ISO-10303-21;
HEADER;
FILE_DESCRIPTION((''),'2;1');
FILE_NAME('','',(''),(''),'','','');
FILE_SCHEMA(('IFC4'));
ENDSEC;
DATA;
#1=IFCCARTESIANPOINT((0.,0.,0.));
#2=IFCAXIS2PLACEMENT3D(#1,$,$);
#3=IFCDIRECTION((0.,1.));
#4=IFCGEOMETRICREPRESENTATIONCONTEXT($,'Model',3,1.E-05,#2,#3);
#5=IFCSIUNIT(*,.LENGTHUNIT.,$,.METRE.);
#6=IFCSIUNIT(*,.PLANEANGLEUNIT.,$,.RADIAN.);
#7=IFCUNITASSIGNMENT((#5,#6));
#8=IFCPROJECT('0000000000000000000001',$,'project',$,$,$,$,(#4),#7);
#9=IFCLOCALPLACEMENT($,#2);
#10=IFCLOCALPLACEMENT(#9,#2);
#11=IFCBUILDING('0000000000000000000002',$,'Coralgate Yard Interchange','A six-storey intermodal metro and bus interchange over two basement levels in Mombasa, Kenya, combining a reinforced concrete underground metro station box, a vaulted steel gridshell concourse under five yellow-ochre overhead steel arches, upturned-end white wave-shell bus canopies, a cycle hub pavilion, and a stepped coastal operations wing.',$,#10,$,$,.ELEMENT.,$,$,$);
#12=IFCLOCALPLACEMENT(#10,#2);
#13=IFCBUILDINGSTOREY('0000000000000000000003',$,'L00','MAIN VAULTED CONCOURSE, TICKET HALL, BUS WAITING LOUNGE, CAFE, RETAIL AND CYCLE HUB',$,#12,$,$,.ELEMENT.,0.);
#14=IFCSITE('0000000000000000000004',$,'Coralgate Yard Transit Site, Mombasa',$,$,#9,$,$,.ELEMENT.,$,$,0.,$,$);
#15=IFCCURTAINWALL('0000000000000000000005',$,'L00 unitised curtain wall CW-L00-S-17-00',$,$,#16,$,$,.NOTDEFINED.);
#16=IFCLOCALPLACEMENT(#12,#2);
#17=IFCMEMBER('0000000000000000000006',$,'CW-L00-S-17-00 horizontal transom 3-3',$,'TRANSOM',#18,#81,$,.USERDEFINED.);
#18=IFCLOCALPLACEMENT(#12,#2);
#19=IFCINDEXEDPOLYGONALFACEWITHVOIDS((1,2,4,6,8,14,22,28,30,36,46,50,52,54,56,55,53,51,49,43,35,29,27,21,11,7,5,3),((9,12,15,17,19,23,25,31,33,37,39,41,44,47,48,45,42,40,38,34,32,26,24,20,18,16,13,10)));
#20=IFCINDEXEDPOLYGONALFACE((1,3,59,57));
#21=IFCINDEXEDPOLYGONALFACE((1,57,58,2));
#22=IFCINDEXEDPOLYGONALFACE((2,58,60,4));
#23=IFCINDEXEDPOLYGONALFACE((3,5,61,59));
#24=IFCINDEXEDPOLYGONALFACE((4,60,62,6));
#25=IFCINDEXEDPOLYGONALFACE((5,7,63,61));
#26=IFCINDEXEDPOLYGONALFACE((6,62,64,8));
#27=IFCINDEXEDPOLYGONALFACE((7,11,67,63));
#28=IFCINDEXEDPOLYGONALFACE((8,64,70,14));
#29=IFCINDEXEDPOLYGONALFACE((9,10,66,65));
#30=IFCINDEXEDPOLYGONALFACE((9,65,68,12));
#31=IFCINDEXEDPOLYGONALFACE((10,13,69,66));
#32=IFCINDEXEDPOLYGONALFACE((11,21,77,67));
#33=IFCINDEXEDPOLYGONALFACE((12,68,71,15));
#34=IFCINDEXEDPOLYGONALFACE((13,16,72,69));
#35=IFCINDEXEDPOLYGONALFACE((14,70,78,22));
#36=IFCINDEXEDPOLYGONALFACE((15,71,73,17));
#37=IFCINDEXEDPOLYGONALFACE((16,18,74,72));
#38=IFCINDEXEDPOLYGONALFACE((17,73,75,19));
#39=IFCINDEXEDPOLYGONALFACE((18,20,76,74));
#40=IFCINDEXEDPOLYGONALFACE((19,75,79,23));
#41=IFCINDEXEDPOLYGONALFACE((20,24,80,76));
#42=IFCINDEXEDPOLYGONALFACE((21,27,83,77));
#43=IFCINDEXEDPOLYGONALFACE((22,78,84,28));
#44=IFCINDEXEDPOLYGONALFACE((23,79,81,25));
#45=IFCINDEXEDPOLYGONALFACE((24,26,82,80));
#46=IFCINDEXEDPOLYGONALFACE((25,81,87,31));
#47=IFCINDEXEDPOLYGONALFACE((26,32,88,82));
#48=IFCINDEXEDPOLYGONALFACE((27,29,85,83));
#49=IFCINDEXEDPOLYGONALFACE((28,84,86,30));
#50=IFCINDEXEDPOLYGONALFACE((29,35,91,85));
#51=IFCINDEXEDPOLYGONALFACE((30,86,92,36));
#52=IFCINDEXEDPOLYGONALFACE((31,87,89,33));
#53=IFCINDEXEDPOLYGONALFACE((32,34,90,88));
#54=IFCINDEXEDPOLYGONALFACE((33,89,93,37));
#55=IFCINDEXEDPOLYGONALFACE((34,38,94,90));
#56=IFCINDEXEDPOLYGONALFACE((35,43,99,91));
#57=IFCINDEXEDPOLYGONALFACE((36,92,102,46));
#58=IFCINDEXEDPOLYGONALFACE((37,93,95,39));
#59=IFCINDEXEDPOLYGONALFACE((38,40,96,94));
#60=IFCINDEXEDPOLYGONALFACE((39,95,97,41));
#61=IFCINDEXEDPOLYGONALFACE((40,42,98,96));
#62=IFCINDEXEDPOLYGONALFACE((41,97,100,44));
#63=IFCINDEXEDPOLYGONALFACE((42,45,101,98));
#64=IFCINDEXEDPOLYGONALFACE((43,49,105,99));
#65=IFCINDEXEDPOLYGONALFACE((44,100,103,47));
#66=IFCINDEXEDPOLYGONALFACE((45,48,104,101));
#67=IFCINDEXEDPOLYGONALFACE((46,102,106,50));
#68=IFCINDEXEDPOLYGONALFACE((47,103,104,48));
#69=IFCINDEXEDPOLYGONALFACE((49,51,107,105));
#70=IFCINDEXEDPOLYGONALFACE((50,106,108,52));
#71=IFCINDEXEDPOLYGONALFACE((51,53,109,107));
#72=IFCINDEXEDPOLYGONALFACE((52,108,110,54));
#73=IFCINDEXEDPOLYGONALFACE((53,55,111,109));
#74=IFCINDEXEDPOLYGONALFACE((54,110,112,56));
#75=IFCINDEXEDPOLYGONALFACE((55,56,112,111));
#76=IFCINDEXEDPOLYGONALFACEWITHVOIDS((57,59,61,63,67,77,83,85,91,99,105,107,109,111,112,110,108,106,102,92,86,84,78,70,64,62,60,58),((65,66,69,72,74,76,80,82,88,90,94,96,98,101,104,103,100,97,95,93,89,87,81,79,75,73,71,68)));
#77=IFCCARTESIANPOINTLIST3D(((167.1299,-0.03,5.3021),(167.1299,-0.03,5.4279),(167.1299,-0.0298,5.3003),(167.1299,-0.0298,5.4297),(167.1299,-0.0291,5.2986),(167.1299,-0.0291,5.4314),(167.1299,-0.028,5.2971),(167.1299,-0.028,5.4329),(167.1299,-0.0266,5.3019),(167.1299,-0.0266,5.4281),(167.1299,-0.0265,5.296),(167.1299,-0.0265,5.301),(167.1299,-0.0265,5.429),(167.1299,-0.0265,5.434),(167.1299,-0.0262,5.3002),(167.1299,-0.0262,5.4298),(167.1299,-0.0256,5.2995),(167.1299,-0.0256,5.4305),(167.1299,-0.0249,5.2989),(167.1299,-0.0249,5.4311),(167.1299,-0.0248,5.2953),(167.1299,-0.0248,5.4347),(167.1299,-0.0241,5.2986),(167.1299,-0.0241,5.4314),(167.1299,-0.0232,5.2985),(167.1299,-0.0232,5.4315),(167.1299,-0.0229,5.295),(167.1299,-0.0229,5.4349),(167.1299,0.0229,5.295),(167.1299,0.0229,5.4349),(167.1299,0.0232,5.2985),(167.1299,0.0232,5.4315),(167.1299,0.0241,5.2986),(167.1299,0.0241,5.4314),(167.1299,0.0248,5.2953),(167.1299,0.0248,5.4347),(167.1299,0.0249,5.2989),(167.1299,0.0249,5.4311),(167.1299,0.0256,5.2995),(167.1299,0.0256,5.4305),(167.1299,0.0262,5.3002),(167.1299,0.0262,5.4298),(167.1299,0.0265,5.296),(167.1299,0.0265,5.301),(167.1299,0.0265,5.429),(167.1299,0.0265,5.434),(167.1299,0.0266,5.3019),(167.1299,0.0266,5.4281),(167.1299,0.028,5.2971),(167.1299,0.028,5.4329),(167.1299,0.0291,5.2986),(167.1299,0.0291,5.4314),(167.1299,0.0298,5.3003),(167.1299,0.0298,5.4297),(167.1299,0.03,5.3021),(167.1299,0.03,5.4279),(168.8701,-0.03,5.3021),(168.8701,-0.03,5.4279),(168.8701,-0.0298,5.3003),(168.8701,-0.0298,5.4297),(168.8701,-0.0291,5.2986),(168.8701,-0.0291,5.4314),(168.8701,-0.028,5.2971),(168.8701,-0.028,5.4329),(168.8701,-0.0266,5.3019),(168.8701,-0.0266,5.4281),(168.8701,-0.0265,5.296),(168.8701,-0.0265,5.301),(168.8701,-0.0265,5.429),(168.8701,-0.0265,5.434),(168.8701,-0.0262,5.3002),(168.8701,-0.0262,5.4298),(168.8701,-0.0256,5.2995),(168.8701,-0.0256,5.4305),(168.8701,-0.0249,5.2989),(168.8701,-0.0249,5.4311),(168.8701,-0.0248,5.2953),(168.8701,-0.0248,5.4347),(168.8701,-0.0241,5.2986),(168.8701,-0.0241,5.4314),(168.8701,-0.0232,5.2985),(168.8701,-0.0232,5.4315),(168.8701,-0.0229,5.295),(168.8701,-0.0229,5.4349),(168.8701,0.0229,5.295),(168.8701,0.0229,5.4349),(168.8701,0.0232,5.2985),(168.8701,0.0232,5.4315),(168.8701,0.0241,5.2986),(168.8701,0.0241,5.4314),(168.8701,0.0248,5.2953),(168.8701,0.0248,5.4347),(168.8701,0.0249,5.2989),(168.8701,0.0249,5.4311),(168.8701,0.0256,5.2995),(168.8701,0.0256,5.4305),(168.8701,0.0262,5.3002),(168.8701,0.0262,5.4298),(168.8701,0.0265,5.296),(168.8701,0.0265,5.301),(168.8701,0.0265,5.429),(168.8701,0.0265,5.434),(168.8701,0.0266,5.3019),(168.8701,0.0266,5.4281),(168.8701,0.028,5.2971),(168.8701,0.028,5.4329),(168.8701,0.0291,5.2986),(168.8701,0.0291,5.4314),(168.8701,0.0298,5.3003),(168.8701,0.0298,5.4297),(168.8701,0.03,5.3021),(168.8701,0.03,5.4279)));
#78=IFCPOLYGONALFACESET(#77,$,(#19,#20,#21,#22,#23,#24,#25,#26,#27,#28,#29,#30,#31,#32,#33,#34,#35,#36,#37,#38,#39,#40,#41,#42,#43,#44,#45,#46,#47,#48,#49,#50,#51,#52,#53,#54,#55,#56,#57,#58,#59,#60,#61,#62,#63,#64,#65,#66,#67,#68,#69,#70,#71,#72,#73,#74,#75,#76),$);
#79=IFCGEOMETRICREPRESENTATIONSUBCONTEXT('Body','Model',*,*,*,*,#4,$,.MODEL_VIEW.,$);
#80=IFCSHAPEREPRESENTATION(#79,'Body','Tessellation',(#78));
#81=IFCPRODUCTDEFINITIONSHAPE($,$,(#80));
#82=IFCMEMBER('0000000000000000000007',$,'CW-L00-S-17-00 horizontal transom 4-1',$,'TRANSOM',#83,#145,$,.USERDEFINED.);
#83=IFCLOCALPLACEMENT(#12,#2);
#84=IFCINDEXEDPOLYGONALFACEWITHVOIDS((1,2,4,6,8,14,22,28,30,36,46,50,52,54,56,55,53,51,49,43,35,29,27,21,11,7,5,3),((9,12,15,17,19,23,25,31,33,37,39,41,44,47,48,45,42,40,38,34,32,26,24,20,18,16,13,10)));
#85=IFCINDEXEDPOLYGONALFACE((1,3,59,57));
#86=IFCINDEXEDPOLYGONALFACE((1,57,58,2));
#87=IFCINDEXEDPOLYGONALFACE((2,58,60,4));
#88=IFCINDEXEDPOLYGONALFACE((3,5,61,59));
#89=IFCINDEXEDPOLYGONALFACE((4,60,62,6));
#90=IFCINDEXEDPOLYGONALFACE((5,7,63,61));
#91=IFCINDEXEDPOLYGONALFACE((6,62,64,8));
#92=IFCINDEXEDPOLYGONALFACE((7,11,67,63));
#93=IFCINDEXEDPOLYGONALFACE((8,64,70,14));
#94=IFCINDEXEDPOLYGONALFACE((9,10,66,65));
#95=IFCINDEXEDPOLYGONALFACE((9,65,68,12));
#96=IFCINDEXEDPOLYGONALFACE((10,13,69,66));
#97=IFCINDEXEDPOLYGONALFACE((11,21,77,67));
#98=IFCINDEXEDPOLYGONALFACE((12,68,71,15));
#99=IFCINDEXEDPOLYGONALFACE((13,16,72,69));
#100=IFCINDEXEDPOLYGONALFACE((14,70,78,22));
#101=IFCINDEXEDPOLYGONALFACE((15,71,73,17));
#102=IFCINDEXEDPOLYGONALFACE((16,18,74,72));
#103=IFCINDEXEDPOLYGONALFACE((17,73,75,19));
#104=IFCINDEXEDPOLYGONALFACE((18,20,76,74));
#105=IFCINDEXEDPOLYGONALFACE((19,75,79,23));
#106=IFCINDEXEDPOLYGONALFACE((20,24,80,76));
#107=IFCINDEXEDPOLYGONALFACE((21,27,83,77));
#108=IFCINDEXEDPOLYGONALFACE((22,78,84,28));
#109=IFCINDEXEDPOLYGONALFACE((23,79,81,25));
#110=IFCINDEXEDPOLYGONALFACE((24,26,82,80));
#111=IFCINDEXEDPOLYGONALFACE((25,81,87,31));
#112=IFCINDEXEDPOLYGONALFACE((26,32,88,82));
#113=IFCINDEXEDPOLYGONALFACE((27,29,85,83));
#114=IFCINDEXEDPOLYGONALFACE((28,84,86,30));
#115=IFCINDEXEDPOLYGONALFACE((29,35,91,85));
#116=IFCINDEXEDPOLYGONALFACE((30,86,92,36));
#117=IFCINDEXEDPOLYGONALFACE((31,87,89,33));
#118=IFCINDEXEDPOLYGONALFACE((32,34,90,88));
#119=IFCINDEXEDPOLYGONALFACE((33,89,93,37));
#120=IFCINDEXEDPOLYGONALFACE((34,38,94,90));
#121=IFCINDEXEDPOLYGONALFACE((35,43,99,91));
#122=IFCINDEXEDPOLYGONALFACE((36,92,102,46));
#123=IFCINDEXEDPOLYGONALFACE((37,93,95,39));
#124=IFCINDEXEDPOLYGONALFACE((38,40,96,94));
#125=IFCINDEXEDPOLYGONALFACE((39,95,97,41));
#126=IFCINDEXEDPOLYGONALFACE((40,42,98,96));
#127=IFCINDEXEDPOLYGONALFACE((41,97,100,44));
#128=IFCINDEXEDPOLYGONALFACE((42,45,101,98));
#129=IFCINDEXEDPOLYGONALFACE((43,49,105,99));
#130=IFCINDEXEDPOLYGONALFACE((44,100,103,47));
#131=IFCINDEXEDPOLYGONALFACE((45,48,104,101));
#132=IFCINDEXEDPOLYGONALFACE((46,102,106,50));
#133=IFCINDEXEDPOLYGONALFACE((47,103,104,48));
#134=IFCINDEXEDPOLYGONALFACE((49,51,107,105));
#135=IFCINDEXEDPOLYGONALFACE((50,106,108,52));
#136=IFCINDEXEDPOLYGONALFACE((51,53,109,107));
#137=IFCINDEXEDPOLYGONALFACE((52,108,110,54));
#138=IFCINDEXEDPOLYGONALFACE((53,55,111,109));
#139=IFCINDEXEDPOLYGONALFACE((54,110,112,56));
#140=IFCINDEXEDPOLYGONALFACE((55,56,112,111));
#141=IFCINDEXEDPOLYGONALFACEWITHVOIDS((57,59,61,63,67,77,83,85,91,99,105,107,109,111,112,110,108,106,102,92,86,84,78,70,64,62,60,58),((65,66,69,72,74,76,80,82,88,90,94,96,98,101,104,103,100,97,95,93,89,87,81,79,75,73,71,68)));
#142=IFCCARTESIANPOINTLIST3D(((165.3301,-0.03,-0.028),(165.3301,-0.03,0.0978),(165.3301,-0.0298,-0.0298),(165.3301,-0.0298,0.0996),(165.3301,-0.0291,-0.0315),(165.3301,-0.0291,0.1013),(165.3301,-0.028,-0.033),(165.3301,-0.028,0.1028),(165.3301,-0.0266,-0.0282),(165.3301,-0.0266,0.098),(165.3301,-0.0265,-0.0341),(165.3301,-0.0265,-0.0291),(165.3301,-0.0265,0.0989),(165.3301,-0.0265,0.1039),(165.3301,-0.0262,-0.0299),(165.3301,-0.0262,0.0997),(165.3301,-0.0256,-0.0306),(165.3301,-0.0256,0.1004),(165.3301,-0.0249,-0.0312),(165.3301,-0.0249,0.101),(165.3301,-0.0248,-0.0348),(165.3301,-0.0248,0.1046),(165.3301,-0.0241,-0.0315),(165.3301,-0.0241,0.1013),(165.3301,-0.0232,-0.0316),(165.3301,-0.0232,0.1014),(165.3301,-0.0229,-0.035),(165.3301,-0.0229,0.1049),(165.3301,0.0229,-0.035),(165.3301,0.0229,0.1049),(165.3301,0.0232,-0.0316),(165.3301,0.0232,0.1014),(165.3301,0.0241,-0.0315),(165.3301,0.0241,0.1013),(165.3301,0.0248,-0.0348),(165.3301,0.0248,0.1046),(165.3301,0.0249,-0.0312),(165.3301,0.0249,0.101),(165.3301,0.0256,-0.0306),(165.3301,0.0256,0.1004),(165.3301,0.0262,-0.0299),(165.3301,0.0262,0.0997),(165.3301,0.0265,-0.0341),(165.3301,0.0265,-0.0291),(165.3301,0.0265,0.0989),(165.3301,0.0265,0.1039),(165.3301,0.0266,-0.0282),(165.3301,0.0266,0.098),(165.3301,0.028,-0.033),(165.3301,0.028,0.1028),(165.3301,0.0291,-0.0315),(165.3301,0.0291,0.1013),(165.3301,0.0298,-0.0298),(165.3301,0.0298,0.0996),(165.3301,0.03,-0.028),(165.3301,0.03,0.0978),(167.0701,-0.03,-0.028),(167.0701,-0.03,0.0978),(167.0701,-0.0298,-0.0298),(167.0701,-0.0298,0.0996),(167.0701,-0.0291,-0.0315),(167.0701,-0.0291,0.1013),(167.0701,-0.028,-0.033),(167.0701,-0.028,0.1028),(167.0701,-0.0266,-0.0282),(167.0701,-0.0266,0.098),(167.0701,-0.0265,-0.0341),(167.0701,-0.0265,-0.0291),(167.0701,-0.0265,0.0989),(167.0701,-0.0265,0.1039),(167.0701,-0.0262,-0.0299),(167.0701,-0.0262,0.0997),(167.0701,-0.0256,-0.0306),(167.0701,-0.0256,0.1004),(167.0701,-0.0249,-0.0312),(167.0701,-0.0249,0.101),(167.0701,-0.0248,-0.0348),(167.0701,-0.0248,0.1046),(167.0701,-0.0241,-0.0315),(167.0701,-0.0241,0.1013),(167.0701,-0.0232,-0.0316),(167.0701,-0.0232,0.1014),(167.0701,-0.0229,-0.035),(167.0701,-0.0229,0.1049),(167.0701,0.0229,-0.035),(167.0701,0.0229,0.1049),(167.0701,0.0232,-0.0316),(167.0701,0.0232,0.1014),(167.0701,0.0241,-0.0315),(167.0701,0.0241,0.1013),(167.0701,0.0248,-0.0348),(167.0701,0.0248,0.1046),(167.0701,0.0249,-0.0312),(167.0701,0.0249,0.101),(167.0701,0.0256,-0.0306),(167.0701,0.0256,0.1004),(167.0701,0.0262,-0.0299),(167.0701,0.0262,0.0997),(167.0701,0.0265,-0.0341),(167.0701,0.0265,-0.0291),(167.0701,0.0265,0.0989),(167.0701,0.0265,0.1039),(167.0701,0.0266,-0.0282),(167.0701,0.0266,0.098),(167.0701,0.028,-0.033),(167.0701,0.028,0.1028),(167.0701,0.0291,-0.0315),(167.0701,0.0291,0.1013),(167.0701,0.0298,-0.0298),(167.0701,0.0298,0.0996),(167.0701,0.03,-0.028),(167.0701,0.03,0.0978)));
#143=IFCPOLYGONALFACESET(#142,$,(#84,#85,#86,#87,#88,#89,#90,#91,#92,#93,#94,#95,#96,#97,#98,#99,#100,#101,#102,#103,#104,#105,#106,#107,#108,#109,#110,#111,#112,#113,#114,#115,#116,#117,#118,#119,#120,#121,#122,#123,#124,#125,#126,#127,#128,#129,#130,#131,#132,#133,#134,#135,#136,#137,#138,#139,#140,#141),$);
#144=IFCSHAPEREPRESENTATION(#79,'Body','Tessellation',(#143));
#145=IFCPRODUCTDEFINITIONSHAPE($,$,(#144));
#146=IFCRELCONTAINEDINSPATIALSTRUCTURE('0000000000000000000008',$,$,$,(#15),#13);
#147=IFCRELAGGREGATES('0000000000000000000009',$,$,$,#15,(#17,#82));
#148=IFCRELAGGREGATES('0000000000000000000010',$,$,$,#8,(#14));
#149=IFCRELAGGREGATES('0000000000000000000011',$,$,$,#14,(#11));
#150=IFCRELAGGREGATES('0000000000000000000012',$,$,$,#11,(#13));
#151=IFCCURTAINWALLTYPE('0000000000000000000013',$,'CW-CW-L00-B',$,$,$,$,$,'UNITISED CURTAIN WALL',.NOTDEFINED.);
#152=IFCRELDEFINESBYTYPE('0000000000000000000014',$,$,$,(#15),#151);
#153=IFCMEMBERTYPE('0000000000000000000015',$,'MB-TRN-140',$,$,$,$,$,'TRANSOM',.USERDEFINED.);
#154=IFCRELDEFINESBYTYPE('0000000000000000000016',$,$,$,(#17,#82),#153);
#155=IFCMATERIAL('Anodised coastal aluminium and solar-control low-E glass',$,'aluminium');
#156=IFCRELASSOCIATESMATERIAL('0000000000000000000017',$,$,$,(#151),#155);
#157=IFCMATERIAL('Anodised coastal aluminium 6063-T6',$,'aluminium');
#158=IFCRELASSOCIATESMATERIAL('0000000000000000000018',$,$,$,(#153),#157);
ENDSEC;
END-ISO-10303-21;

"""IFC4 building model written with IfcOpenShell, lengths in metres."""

from ifc_helpers import new_model, si_unit, direction, frame, origin, origin_2d, place, context, subcontext, project, spatial, hollow_rectangle, extrude, material, material_profile, profile_set, type_object, element, aggregate, save


model = new_model("IFC4")

# Units and contexts
model_context = context("Model", 3, precision=1e-05, world=origin(), true_north=direction((0.0, 1.0)))
body_context = subcontext(model_context, "Body", "Model", "MODEL_VIEW")
ifc_project = project(units=[si_unit("LENGTHUNIT", "METRE"), si_unit("PLANEANGLEUNIT", "RADIAN")], contexts=[model_context])

# Site, building, storey
site_placement = place(None, origin())
site = spatial("IfcSite", under=ifc_project, at=site_placement, Name="Coralgate Yard Transit Site, Mombasa", CompositionType="ELEMENT", RefElevation=0.0)
building_placement = place(site_placement, origin())
building = spatial("IfcBuilding", under=site, at=building_placement, Name="Coralgate Yard Interchange", Description="A six-storey intermodal metro and bus interchange over two basement levels in Mombasa, Kenya, combining a reinforced concrete underground metro station box, a vaulted steel gridshell concourse under five yellow-ochre overhead steel arches, upturned-end white wave-shell bus canopies, a cycle hub pavilion, and a stepped coastal operations wing.", CompositionType="ELEMENT")
storey_placement = place(building_placement, origin())
storey = spatial("IfcBuildingStorey", under=building, at=storey_placement, Name="L00", Description="MAIN VAULTED CONCOURSE, TICKET HALL, BUS WAITING LOUNGE, CAFE, RETAIL AND CYCLE HUB", CompositionType="ELEMENT", Elevation=0.0)

# Curtain wall, members
ifc_material_1 = material(Name="Anodised coastal aluminium and solar-control low-E glass", Category="aluminium")
curtain_wall_type = type_object("IfcCurtainWallType", Name="CW-CW-L00-B", ElementType="UNITISED CURTAIN WALL", PredefinedType="NOTDEFINED", material=ifc_material_1)
curtain_wall_placement = place(storey_placement, origin())
curtain_wall = element("IfcCurtainWall", 1, at=curtain_wall_placement, inside=storey, type_object=curtain_wall_type, Name="L00 unitised curtain wall CW-L00-S-17-00", PredefinedType="NOTDEFINED")
ifc_material_2 = material(Name="Anodised coastal aluminium 6063-T6", Category="aluminium")
ifc_material_profile_1 = material_profile(ifc_material_2, hollow_rectangle(XDim=0.0601, YDim=0.1399, WallThickness=0.0034, InnerFilletRadius=0.0034, OuterFilletRadius=0.0071, at=origin_2d()), Name="ALU 60x140x3.5")
ifc_profile_set_1 = profile_set([ifc_material_profile_1], Name="Anodised coastal aluminium 6063-T6")
member_type_1 = type_object("IfcMemberType", Name="MB-TRN-140", ElementType="TRANSOM", PredefinedType="USERDEFINED", material=ifc_profile_set_1)
member_1_placement = place(storey_placement, frame((168.8701, 0.0, 5.365), z_axis=(-1.0, 0.0, 0.0), x_axis=(0.0, -1.0, 0.0)))
member_1 = element("IfcMember", 2, at=member_1_placement, type_object=member_type_1, Name="CW-L00-S-17-00 horizontal transom 3-3", ObjectType="TRANSOM", PredefinedType="USERDEFINED", context=body_context, shape_type="SweptSolid", body=[
    extrude(hollow_rectangle(XDim=0.0601, YDim=0.1399, WallThickness=0.0034, InnerFilletRadius=0.0034, OuterFilletRadius=0.0071, at=origin_2d()), origin(), (0.0, 0.0, 1.0), 1.7402),
])
member_2_placement = place(storey_placement, frame((167.0701, 0.0, 0.0349), z_axis=(-1.0, 0.0, 0.0), x_axis=(0.0, -1.0, 0.0)))
member_2 = element("IfcMember", 3, at=member_2_placement, type_object=member_type_1, Name="CW-L00-S-17-00 horizontal transom 4-1", ObjectType="TRANSOM", PredefinedType="USERDEFINED", context=body_context, shape_type="SweptSolid", body=[
    extrude(hollow_rectangle(XDim=0.0601, YDim=0.1399, WallThickness=0.0034, InnerFilletRadius=0.0034, OuterFilletRadius=0.0071, at=origin_2d()), origin(), (0.0, 0.0, 1.0), 1.74),
])
aggregate(curtain_wall, [member_1, member_2])

save(model, "model.ifc")
